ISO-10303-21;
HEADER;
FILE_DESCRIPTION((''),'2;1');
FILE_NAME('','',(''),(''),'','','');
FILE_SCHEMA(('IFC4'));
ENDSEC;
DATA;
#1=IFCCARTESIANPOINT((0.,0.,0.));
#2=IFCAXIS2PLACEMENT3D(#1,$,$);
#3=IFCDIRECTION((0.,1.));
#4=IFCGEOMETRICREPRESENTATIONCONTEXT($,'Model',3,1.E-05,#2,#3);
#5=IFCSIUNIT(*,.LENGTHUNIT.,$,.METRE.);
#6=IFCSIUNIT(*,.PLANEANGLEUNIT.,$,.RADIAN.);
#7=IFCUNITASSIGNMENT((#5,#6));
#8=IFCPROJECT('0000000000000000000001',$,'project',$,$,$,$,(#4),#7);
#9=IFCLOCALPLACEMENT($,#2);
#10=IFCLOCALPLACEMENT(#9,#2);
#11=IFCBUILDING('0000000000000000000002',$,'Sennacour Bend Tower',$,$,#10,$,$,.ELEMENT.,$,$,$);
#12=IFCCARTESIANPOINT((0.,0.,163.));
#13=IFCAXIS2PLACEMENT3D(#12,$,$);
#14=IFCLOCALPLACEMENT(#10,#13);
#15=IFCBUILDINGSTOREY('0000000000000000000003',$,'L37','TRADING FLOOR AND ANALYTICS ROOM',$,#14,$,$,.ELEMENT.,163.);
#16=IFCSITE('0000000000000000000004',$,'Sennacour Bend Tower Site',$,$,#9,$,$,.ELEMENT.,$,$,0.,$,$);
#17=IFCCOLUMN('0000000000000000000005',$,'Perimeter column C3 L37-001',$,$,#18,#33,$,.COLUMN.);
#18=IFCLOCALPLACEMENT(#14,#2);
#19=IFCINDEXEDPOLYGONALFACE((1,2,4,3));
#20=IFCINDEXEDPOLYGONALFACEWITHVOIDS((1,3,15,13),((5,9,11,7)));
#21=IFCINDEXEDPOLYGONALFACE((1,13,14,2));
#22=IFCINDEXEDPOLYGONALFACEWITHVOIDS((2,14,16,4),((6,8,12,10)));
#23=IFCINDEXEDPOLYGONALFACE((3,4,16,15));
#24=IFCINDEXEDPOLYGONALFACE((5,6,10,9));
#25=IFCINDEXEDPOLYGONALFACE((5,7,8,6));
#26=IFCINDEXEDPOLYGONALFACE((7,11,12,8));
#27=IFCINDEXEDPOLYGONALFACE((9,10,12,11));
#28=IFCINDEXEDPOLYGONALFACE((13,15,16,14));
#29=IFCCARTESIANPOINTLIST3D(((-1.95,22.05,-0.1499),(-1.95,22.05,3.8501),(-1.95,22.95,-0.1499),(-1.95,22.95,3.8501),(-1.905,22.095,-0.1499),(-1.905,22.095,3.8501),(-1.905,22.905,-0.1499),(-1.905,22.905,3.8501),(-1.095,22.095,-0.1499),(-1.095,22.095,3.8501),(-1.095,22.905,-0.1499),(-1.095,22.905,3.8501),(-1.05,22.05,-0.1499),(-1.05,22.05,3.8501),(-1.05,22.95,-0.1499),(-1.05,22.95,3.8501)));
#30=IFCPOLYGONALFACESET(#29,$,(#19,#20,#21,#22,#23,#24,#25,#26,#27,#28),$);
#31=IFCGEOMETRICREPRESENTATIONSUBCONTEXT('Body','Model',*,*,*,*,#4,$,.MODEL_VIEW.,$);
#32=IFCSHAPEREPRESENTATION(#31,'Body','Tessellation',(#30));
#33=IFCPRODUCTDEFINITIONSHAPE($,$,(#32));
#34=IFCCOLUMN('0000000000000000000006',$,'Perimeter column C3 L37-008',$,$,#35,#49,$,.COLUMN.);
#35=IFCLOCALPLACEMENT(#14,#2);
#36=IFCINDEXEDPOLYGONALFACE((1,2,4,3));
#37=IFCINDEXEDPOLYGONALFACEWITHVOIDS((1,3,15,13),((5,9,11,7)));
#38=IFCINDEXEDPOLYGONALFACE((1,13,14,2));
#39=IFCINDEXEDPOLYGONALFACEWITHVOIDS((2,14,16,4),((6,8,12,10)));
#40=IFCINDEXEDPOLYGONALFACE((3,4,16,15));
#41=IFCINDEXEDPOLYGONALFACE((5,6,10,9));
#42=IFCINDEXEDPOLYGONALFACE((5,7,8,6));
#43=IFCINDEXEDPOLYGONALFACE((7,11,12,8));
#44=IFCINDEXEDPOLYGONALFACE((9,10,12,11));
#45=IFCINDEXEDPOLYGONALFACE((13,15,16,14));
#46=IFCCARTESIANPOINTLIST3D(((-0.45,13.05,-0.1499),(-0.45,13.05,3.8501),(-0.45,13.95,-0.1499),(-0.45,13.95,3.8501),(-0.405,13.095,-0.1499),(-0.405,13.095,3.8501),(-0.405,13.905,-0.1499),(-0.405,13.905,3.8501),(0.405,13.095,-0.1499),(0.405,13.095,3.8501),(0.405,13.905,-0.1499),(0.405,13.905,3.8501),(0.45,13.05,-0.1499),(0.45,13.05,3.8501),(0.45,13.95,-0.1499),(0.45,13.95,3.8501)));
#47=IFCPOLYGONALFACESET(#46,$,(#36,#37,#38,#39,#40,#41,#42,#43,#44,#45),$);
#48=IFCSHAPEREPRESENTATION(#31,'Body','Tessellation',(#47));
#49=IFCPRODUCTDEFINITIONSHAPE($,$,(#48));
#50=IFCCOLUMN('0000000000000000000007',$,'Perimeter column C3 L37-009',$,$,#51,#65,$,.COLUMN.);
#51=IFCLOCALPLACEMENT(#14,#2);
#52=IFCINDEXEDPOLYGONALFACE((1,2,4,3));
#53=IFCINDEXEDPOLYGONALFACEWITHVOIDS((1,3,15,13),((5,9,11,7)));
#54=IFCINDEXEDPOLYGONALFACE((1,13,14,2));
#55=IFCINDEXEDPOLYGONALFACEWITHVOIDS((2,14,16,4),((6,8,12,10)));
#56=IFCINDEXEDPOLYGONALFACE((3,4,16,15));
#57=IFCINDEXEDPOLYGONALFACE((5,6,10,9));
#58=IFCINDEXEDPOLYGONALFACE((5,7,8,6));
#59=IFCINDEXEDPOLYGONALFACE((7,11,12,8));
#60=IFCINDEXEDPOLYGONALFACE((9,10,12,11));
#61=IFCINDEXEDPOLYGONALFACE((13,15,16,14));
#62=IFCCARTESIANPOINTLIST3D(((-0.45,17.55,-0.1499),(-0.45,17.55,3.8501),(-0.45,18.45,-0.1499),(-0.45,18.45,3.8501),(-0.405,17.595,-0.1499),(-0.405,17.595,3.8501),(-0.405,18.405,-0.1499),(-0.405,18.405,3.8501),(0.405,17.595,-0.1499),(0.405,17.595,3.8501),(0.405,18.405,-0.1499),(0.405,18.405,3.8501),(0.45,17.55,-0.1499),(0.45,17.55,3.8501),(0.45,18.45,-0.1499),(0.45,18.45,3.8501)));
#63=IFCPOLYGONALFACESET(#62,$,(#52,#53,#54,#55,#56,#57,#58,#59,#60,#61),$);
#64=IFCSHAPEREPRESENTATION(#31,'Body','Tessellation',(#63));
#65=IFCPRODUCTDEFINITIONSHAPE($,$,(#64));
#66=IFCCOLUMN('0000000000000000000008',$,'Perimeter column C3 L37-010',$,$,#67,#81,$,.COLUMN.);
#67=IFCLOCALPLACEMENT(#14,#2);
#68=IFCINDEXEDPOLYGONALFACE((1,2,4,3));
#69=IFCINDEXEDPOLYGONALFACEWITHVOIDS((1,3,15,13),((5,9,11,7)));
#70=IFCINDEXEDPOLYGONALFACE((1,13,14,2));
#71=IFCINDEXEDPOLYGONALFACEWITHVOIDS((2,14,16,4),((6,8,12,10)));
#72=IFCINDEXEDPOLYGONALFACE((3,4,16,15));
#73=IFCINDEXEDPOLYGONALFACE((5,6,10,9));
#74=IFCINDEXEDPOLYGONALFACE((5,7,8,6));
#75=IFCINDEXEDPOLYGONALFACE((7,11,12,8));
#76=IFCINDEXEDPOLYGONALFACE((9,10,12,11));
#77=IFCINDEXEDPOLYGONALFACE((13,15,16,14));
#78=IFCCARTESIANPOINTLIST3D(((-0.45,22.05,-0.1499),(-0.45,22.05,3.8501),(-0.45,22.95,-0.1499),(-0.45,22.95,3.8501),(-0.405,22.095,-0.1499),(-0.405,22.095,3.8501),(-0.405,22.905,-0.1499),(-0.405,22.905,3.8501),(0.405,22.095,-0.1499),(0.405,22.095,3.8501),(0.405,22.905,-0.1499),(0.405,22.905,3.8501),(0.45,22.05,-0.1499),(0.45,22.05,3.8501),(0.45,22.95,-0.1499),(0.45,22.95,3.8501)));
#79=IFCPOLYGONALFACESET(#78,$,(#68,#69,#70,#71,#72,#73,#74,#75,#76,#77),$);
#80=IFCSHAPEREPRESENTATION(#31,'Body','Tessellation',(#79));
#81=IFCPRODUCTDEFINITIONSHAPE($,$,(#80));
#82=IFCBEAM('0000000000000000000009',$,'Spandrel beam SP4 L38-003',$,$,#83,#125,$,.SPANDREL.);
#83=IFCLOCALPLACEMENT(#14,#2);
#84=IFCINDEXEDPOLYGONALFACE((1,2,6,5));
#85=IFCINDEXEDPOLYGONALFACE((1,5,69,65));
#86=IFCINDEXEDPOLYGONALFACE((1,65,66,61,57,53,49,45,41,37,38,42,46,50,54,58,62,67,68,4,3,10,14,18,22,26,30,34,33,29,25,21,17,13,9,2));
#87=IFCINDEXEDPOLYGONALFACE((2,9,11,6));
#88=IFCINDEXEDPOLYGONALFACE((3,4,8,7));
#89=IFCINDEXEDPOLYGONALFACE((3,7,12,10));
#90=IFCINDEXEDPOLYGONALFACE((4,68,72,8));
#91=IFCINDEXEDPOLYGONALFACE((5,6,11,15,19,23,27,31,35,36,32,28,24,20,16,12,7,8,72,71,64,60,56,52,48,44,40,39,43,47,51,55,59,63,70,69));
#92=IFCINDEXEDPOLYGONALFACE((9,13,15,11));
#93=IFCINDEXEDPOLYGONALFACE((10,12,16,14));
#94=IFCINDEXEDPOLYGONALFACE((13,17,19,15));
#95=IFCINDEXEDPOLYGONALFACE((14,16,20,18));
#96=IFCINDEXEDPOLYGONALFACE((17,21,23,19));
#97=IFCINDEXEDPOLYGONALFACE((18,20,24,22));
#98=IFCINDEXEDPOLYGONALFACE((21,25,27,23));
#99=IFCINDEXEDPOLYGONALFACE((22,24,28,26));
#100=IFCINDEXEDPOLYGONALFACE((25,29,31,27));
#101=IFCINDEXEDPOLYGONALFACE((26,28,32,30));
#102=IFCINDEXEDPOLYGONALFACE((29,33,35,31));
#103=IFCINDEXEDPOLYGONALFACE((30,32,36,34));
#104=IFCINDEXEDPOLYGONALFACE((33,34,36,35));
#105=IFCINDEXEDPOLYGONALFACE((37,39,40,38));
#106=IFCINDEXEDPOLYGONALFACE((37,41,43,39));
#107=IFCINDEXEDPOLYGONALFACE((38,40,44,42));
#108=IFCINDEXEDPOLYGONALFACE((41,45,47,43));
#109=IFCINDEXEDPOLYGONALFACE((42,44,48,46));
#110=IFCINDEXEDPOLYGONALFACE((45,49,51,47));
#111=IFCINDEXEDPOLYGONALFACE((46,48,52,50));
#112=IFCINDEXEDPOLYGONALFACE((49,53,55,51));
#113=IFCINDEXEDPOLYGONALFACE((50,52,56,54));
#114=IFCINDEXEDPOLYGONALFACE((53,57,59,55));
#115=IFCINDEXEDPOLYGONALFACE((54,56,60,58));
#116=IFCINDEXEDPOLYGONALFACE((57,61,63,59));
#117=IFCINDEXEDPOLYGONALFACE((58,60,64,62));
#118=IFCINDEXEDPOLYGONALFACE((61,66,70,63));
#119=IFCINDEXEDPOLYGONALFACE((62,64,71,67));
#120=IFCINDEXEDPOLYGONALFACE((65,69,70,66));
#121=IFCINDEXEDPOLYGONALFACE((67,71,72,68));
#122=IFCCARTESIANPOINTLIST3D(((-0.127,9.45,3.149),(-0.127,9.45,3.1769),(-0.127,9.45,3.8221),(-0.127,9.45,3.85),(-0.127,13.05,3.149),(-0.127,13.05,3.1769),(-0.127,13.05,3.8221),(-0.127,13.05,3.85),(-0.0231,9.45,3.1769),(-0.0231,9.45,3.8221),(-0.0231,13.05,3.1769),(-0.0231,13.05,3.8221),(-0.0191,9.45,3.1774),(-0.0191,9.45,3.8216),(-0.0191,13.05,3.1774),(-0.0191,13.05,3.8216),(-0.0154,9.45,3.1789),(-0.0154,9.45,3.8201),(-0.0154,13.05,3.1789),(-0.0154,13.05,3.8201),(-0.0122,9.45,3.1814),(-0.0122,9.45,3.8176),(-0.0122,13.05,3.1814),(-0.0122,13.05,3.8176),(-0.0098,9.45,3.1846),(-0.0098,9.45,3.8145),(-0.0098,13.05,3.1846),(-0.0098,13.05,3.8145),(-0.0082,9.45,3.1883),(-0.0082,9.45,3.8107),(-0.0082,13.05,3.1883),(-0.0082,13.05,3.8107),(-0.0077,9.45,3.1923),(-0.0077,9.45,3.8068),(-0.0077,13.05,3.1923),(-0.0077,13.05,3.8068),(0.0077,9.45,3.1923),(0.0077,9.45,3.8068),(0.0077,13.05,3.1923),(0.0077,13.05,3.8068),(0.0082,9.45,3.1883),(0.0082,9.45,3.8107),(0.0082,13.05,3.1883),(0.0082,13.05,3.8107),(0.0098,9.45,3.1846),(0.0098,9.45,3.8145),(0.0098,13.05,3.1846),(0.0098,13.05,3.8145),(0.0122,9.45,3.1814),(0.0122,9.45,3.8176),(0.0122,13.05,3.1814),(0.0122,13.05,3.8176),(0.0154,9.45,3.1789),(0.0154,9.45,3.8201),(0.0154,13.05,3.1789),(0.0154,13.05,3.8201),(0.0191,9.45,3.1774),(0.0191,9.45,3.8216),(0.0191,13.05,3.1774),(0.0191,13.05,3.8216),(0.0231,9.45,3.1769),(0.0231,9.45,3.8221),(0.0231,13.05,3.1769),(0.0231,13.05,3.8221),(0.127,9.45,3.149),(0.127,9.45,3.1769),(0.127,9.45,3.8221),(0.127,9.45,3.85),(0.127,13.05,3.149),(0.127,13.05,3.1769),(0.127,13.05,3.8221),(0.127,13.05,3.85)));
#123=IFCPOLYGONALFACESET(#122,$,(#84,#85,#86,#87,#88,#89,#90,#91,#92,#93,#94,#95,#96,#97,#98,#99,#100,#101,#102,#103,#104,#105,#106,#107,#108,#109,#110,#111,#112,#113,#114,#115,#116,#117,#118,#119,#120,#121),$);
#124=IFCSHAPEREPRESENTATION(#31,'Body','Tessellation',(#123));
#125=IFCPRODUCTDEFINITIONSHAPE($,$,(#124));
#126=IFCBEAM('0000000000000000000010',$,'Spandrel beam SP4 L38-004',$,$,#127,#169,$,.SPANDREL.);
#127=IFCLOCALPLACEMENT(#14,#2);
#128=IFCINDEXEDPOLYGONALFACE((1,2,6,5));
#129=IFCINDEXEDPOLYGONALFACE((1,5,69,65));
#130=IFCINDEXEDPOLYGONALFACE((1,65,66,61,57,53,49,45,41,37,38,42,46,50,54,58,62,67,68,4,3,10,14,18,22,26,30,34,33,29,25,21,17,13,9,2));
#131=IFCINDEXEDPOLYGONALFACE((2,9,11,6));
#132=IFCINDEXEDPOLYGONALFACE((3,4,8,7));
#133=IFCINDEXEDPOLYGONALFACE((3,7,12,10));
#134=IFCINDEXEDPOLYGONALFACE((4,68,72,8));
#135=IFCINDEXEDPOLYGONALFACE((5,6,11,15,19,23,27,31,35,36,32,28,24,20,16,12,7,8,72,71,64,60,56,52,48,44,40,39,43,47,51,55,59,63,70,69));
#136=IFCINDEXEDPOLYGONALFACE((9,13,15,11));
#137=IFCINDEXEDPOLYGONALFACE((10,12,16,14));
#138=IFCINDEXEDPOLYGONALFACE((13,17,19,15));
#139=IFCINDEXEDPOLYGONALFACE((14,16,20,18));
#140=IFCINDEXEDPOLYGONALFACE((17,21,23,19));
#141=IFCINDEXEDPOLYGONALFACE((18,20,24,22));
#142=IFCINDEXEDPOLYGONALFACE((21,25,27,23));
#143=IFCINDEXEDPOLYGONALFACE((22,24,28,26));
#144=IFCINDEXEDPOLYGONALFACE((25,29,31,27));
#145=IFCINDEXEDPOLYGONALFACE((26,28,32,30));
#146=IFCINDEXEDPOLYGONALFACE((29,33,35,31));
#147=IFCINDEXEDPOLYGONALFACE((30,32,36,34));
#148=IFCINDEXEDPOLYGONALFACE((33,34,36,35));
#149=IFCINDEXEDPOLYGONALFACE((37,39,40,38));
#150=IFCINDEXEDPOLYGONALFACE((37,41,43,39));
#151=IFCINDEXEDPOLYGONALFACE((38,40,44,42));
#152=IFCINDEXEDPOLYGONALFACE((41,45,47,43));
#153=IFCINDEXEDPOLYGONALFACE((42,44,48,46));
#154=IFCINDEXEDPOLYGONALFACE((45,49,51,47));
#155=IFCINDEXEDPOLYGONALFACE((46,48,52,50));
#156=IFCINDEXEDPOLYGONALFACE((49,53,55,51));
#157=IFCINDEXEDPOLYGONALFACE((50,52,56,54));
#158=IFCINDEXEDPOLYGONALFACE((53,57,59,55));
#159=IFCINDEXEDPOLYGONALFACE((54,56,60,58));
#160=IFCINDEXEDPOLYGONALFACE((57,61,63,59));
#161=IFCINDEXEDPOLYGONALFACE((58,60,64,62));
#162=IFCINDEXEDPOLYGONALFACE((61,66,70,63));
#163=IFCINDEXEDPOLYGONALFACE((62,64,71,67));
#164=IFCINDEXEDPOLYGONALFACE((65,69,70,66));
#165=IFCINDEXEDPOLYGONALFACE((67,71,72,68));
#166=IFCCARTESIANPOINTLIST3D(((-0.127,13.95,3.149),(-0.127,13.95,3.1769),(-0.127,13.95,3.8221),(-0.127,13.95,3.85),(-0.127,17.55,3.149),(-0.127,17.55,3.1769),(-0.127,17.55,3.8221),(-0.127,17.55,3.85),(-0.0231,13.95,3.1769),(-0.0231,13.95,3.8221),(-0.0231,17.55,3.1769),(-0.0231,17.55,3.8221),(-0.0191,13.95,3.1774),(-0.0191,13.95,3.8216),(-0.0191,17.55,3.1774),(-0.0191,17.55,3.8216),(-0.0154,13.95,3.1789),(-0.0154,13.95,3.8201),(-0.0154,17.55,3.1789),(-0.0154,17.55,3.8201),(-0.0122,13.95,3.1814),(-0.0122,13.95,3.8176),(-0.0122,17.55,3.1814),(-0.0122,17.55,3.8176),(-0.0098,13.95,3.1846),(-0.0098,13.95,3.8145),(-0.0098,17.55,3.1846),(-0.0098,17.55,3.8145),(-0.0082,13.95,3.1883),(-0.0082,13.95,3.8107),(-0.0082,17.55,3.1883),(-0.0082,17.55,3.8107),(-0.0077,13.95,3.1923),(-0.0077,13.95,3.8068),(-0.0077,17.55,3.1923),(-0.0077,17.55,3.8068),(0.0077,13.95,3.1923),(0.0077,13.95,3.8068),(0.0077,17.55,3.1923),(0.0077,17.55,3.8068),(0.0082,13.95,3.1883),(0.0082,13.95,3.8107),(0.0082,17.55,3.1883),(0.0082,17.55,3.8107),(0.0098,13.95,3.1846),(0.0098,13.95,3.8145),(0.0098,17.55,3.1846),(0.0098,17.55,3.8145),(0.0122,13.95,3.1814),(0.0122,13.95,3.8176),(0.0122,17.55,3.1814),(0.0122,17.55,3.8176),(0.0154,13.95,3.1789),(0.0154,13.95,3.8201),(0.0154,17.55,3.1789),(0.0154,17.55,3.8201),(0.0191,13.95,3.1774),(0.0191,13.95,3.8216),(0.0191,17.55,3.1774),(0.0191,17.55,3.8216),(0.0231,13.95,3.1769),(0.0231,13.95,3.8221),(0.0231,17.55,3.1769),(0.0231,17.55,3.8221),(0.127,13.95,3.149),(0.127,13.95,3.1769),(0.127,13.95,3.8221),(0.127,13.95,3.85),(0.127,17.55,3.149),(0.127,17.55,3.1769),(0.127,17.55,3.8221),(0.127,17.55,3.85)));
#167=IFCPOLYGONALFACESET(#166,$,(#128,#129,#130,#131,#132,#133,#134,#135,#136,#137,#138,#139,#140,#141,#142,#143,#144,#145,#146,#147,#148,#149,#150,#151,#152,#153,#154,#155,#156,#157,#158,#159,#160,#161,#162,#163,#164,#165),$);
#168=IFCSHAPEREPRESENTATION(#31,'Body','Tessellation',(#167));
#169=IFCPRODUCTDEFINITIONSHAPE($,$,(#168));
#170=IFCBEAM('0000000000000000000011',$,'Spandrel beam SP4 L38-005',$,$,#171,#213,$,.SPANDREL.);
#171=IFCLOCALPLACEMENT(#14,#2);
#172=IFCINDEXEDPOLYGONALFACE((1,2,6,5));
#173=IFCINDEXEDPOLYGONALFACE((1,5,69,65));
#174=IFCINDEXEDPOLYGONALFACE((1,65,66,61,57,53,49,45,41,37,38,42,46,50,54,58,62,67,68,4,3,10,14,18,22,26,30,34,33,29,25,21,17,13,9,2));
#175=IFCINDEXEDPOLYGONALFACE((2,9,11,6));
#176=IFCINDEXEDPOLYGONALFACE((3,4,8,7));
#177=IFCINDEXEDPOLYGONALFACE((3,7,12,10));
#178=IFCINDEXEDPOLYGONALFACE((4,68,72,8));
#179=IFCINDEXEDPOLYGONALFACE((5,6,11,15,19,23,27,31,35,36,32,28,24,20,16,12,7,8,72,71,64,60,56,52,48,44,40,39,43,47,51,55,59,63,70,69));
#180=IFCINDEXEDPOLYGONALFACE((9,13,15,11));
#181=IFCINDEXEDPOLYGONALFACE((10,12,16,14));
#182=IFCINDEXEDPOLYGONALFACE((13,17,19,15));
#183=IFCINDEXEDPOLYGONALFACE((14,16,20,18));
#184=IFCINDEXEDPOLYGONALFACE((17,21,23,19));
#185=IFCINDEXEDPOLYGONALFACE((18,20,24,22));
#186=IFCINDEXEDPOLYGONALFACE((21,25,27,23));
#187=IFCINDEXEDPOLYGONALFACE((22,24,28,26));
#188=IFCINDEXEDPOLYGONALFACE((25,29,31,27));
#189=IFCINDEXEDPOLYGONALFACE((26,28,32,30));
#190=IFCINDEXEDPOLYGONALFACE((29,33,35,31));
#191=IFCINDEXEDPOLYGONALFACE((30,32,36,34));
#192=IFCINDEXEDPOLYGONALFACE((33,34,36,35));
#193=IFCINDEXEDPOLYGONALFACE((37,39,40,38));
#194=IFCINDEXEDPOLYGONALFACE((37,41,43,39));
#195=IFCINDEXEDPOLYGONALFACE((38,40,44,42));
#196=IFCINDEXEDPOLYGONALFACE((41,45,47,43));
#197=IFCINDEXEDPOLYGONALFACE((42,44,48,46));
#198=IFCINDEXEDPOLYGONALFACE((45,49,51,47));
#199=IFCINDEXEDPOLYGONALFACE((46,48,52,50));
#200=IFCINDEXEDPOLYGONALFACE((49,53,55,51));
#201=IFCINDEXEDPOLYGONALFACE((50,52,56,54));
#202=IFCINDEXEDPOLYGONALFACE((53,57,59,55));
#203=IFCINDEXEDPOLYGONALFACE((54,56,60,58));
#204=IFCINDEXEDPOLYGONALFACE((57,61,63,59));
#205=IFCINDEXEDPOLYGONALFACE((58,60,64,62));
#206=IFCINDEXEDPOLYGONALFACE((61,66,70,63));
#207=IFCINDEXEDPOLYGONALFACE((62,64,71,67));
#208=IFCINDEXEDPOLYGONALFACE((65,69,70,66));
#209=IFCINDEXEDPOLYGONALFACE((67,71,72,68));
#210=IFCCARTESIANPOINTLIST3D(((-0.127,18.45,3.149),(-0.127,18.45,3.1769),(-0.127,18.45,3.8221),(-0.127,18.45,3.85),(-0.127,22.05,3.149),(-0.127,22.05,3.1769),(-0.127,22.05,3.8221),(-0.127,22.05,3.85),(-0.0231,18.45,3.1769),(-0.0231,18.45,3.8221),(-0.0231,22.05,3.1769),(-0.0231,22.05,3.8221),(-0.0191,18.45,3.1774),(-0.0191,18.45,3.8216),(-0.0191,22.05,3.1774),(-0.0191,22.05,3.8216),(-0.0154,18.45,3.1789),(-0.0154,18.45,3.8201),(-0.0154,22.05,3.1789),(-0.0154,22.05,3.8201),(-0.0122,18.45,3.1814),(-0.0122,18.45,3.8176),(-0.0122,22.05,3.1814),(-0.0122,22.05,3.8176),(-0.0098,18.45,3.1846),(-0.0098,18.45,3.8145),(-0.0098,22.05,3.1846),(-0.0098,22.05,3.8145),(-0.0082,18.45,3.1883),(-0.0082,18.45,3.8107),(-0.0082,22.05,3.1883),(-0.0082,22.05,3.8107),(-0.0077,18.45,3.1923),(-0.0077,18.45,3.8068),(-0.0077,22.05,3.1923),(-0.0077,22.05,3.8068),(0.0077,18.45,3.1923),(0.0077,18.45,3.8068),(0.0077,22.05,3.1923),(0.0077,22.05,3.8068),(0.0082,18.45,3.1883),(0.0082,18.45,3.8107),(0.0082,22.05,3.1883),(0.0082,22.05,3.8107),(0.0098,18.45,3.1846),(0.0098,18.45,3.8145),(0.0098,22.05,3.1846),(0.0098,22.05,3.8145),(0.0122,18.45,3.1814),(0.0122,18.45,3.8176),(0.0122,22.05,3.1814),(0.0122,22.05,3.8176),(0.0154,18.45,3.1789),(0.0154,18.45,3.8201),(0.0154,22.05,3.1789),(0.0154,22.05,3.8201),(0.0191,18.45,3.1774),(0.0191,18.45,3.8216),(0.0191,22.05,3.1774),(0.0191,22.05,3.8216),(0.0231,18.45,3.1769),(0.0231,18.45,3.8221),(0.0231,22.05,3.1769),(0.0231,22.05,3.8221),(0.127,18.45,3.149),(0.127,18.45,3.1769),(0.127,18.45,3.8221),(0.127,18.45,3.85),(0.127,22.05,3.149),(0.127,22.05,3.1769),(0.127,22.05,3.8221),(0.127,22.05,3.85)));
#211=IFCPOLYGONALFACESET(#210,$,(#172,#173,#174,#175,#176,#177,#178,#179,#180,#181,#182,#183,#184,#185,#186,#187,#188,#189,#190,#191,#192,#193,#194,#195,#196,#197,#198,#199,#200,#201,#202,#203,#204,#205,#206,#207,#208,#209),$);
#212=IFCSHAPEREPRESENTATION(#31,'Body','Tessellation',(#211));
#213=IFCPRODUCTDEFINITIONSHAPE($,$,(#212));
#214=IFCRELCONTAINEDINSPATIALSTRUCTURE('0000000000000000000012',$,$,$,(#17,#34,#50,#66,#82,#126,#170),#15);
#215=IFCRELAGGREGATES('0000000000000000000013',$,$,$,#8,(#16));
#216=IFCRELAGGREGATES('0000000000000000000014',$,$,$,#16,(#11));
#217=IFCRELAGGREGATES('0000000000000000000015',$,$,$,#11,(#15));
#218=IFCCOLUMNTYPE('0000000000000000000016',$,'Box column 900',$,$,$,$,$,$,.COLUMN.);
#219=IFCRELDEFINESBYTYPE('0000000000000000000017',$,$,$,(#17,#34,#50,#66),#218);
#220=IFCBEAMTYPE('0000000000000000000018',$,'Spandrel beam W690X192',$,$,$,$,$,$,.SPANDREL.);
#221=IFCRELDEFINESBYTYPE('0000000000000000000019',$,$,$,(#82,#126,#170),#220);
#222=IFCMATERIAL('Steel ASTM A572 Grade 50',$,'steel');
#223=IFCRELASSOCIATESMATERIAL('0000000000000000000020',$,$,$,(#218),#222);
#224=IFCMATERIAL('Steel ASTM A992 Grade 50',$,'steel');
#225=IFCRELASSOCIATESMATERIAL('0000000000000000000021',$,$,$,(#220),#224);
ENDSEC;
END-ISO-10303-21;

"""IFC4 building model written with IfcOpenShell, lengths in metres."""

from ifc_helpers import new_model, si_unit, direction, frame, origin, origin_2d, place, context, subcontext, project, spatial, hollow_rectangle, i_section, extrude, material, material_profile, profile_set, type_object, element, save


model = new_model("IFC4")

# Units and contexts
model_context = context("Model", 3, precision=1e-05, world=origin(), true_north=direction((0.0, 1.0)))
body_context = subcontext(model_context, "Body", "Model", "MODEL_VIEW")
ifc_project = project(units=[si_unit("LENGTHUNIT", "METRE"), si_unit("PLANEANGLEUNIT", "RADIAN")], contexts=[model_context])

# Site, building, storey
site_placement = place(None, origin())
site = spatial("IfcSite", under=ifc_project, at=site_placement, Name="Sennacour Bend Tower Site", CompositionType="ELEMENT", RefElevation=0.0)
building_placement = place(site_placement, origin())
building = spatial("IfcBuilding", under=site, at=building_placement, Name="Sennacour Bend Tower", CompositionType="ELEMENT")
storey_placement = place(building_placement, frame((0.0, 0.0, 163.0)))
storey = spatial("IfcBuildingStorey", under=building, at=storey_placement, Name="L37", Description="TRADING FLOOR AND ANALYTICS ROOM", CompositionType="ELEMENT", Elevation=163.0)

# Columns
ifc_material_1 = material(Name="Steel ASTM A572 Grade 50", Category="steel")
ifc_material_profile_1 = material_profile(ifc_material_1, hollow_rectangle(XDim=0.8999, YDim=0.8999, WallThickness=0.0449, at=origin_2d()), Name="Steel ASTM A572 Grade 50", Category="steel")
ifc_profile_set_1 = profile_set([ifc_material_profile_1], Name="Steel ASTM A572 Grade 50")
column_type = type_object("IfcColumnType", Name="Box column 900", PredefinedType="COLUMN", material=ifc_profile_set_1)
for number, where, z_axis, x_axis, name in (
    (1, (-1.5, 22.5, -0.1499), (0.0, 0.0, 1.0), (1.0, 0.0, 0.0), "Perimeter column C3 L37-001"),
    (2, (0.0, 13.5, -0.1499), (0.0, 0.0, 1.0), (1.0, 0.0, 0.0), "Perimeter column C3 L37-008"),
    (3, (0.0, 18.0, -0.1499), (0.0, 0.0, 1.0), (1.0, 0.0, 0.0), "Perimeter column C3 L37-009"),
    (4, (0.0, 22.5, -0.1499), (0.0, 0.0, 1.0), (1.0, 0.0, 0.0), "Perimeter column C3 L37-010"),
):
    element("IfcColumn", number, at=place(storey_placement, frame(where, z_axis=z_axis, x_axis=x_axis)), inside=storey, type_object=column_type, Name=name, PredefinedType="COLUMN", context=body_context, shape_type="SweptSolid", body=[
        extrude(hollow_rectangle(XDim=0.8999, YDim=0.8999, WallThickness=0.0449, at=origin_2d()), origin(), (0.0, 0.0, 1.0), 4.0),
    ])

# Beams
ifc_material_2 = material(Name="Steel ASTM A992 Grade 50", Category="steel")
ifc_material_profile_2 = material_profile(ifc_material_2, i_section(OverallWidth=0.2539, OverallDepth=0.7009, WebThickness=0.0154, FlangeThickness=0.0278, FilletRadius=0.0154, at=origin_2d()), Name="Steel ASTM A992 Grade 50", Category="steel")
ifc_profile_set_2 = profile_set([ifc_material_profile_2], Name="Steel ASTM A992 Grade 50")
beam_type = type_object("IfcBeamType", Name="Spandrel beam W690X192", PredefinedType="SPANDREL", material=ifc_profile_set_2)
for number, where, z_axis, x_axis, name in (
    (5, (0.0, 9.45, 3.4995), (0.0, 1.0, 0.0), (-1.0, 0.0, 0.0), "Spandrel beam SP4 L38-003"),
    (6, (0.0, 13.95, 3.4995), (0.0, 1.0, 0.0), (-1.0, 0.0, 0.0), "Spandrel beam SP4 L38-004"),
    (7, (0.0, 18.45, 3.4995), (0.0, 1.0, 0.0), (-1.0, 0.0, 0.0), "Spandrel beam SP4 L38-005"),
):
    element("IfcBeam", number, at=place(storey_placement, frame(where, z_axis=z_axis, x_axis=x_axis)), inside=storey, type_object=beam_type, Name=name, PredefinedType="SPANDREL", context=body_context, shape_type="SweptSolid", body=[
        extrude(i_section(OverallWidth=0.2539, OverallDepth=0.7009, WebThickness=0.0154, FlangeThickness=0.0278, FilletRadius=0.0154, at=origin_2d()), origin(), (0.0, 0.0, 1.0), 3.6001),
    ])

save(model, "model.ifc")
